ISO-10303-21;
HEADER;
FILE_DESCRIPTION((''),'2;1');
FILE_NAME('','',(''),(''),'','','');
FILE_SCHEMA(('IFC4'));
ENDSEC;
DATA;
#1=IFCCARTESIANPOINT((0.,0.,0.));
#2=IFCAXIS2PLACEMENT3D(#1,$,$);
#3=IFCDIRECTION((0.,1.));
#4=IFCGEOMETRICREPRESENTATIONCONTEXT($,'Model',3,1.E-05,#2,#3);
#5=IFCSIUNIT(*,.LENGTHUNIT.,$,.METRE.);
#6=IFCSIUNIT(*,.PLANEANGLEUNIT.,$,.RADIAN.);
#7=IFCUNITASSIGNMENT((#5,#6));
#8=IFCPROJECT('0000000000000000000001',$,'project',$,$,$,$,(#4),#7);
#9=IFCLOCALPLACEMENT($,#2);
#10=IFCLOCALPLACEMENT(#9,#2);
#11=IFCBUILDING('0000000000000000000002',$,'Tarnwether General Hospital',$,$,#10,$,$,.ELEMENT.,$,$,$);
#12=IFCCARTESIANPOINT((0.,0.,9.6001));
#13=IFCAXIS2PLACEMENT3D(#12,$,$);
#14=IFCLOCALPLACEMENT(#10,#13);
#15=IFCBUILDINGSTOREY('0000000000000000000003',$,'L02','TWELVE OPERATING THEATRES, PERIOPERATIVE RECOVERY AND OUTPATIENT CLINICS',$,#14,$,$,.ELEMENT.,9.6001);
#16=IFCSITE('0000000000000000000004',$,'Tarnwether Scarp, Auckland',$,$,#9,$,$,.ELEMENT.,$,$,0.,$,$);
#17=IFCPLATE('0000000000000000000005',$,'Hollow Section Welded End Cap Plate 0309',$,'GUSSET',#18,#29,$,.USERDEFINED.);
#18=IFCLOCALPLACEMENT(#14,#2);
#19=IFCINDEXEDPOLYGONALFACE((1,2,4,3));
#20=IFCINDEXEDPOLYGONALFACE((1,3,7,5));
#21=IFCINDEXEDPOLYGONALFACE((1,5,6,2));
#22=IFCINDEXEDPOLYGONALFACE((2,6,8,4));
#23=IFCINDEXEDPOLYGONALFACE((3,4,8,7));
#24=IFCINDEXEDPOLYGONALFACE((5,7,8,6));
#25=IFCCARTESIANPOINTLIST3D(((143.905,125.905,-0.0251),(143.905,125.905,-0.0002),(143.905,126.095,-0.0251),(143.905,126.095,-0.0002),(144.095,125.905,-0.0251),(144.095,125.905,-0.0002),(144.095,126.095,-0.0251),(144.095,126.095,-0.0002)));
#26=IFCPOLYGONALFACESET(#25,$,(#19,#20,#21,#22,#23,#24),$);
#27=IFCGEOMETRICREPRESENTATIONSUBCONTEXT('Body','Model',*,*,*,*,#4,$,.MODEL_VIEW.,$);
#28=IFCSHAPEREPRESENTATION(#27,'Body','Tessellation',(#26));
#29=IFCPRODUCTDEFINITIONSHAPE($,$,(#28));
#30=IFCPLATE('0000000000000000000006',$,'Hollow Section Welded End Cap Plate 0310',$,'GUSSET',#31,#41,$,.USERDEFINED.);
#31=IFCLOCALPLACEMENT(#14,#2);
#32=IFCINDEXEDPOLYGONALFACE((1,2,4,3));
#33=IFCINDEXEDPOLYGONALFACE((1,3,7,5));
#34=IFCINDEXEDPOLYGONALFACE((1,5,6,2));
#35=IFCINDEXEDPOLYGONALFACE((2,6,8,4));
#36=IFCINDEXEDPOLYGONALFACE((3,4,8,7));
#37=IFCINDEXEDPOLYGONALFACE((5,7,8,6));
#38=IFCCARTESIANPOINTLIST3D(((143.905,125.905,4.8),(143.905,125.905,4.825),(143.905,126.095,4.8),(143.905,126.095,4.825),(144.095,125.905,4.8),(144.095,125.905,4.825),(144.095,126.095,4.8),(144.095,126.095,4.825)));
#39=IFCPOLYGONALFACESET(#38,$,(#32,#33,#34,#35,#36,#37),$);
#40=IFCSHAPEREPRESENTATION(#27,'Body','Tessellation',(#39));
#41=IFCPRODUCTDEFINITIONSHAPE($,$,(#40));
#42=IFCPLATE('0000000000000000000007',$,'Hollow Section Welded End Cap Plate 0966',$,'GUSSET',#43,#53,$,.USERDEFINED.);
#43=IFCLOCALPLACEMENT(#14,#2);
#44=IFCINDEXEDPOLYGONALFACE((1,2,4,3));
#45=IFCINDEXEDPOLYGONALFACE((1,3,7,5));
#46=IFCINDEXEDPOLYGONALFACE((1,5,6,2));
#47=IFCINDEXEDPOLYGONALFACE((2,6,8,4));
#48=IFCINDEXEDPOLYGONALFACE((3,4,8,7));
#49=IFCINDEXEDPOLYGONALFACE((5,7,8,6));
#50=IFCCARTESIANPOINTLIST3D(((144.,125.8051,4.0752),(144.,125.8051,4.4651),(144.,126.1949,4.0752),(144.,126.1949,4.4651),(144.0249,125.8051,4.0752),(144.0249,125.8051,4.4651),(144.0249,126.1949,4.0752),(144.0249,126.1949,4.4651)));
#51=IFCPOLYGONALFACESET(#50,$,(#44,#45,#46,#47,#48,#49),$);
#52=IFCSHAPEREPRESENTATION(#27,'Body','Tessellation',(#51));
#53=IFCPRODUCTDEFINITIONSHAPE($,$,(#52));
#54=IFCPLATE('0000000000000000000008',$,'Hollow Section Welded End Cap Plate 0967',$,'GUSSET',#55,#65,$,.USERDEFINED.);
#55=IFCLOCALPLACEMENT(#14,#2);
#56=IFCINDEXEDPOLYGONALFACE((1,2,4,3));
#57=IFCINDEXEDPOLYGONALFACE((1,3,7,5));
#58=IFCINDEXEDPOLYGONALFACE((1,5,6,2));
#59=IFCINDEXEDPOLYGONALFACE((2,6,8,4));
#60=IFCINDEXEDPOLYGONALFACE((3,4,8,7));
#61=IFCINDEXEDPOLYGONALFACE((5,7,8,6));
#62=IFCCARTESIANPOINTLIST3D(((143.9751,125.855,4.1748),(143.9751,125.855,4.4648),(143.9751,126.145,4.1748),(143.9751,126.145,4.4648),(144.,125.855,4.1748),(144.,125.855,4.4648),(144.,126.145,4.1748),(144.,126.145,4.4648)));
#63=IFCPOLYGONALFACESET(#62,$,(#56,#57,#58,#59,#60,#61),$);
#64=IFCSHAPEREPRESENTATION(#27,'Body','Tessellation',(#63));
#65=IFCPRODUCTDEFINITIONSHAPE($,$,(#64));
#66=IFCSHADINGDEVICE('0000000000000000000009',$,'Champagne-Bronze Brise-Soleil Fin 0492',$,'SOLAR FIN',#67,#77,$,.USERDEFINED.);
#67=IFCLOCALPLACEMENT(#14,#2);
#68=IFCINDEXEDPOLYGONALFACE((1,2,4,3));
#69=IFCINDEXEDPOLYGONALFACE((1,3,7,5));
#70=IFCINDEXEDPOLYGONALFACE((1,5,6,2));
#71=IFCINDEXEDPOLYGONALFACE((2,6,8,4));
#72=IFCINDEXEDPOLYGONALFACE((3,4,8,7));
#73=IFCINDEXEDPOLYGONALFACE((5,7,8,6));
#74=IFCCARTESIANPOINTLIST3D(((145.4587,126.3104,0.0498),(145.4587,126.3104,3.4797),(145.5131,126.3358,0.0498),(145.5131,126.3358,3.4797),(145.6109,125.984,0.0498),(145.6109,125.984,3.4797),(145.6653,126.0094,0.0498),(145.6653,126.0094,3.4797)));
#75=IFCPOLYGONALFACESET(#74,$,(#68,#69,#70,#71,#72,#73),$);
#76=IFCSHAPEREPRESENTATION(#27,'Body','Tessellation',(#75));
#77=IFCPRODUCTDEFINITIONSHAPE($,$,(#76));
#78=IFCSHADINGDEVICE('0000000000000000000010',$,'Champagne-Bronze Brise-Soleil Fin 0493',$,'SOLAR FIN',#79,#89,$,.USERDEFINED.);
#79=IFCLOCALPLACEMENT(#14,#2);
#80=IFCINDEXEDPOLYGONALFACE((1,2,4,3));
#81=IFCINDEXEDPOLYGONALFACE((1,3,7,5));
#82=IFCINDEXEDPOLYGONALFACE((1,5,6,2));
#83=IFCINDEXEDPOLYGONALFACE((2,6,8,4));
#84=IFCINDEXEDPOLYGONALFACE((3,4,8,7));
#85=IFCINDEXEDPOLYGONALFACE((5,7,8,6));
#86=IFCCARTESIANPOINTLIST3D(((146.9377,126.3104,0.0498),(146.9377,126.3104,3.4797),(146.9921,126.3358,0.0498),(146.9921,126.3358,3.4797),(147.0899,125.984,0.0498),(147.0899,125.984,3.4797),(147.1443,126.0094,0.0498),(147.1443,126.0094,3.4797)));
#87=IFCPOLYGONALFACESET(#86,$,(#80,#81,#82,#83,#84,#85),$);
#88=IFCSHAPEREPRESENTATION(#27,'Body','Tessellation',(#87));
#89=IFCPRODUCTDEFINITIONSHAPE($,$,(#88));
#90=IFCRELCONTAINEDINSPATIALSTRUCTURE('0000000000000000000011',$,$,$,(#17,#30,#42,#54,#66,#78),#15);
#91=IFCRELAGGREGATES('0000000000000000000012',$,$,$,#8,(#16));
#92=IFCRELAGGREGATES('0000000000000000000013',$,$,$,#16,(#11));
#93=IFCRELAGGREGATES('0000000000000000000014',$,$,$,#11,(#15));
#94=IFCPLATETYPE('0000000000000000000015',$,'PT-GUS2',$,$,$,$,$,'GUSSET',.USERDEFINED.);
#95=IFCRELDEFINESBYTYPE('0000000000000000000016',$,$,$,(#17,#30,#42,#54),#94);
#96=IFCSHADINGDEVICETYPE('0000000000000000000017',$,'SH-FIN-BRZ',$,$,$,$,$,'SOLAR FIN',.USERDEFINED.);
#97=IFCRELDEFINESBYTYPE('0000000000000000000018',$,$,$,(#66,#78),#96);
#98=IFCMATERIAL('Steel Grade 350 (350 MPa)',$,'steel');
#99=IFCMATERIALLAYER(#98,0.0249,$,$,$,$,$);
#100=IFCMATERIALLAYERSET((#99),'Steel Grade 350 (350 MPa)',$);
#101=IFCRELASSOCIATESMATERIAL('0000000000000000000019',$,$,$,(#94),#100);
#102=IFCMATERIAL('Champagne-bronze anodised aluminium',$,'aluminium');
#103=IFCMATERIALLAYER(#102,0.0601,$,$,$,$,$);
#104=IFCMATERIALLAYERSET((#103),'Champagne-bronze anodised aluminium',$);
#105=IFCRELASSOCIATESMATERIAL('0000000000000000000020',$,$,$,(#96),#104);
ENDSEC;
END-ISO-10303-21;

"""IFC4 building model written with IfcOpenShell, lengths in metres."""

from ifc_helpers import new_model, si_unit, direction, frame, origin, origin_2d, place, context, subcontext, project, spatial, rectangle, extrude, material, layer, layer_set, type_object, element, save


model = new_model("IFC4")

# Units and contexts
model_context = context("Model", 3, precision=1e-05, world=origin(), true_north=direction((0.0, 1.0)))
body_context = subcontext(model_context, "Body", "Model", "MODEL_VIEW")
ifc_project = project(units=[si_unit("LENGTHUNIT", "METRE"), si_unit("PLANEANGLEUNIT", "RADIAN")], contexts=[model_context])

# Site, building, storey
site_placement = place(None, origin())
site = spatial("IfcSite", under=ifc_project, at=site_placement, Name="Tarnwether Scarp, Auckland", CompositionType="ELEMENT", RefElevation=0.0)
building_placement = place(site_placement, origin())
building = spatial("IfcBuilding", under=site, at=building_placement, Name="Tarnwether General Hospital", CompositionType="ELEMENT")
storey_placement = place(building_placement, frame((0.0, 0.0, 9.6001)))
storey = spatial("IfcBuildingStorey", under=building, at=storey_placement, Name="L02", Description="TWELVE OPERATING THEATRES, PERIOPERATIVE RECOVERY AND OUTPATIENT CLINICS", CompositionType="ELEMENT", Elevation=9.6001)

# Plates
ifc_material_1 = material(Name="Steel Grade 350 (350 MPa)", Category="steel")
ifc_layer_1 = layer(ifc_material_1, 0.0249)
ifc_layer_set_1 = layer_set([ifc_layer_1], Name="Steel Grade 350 (350 MPa)")
plate_type_1 = type_object("IfcPlateType", Name="PT-GUS2", ElementType="GUSSET", PredefinedType="USERDEFINED", material=ifc_layer_set_1)
for number, where, z_axis, x_axis, name in (
    (1, (144.0, 126.0, -0.0251), (0.0, 0.0, 1.0), (1.0, 0.0, 0.0), "Hollow Section Welded End Cap Plate 0309"),
    (2, (144.0, 126.0, 4.8), (0.0, 0.0, 1.0), (1.0, 0.0, 0.0), "Hollow Section Welded End Cap Plate 0310"),
):
    element("IfcPlate", number, at=place(storey_placement, frame(where, z_axis=z_axis, x_axis=x_axis)), inside=storey, type_object=plate_type_1, Name=name, ObjectType="GUSSET", PredefinedType="USERDEFINED", context=body_context, shape_type="SweptSolid", body=[
        extrude(rectangle(XDim=0.1899, YDim=0.1899, at=origin_2d()), origin(), (0.0, 0.0, 1.0), 0.0249),
    ])
plate_1_placement = place(storey_placement, frame((144.0125, 126.0, 4.0752), z_axis=(0.0, 0.0, 1.0), x_axis=(1.0, 0.0, 0.0)))
element("IfcPlate", 3, at=plate_1_placement, inside=storey, type_object=plate_type_1, Name="Hollow Section Welded End Cap Plate 0966", ObjectType="GUSSET", PredefinedType="USERDEFINED", context=body_context, shape_type="SweptSolid", body=[
    extrude(rectangle(XDim=0.0249, YDim=0.3899, at=origin_2d()), origin(), (0.0, 0.0, 1.0), 0.3899),
])
plate_2_placement = place(storey_placement, frame((143.9875, 126.0, 4.1748), z_axis=(0.0, 0.0, 1.0), x_axis=(1.0, 0.0, 0.0)))
element("IfcPlate", 4, at=plate_2_placement, inside=storey, type_object=plate_type_1, Name="Hollow Section Welded End Cap Plate 0967", ObjectType="GUSSET", PredefinedType="USERDEFINED", context=body_context, shape_type="SweptSolid", body=[
    extrude(rectangle(XDim=0.0249, YDim=0.29, at=origin_2d()), origin(), (0.0, 0.0, 1.0), 0.29),
])

# Shading devices
ifc_material_2 = material(Name="Champagne-bronze anodised aluminium", Category="aluminium")
ifc_layer_2 = layer(ifc_material_2, 0.0601)
ifc_layer_set_2 = layer_set([ifc_layer_2], Name="Champagne-bronze anodised aluminium")
shading_device_type = type_object("IfcShadingDeviceType", Name="SH-FIN-BRZ", ElementType="SOLAR FIN", PredefinedType="USERDEFINED", material=ifc_layer_set_2)
for number, where, z_axis, x_axis, name in (
    (5, (145.562, 126.1599, 0.0498), (0.0, 0.0, 1.0), (0.906308, 0.422618, 0.0), "Champagne-Bronze Brise-Soleil Fin 0492"),
    (6, (147.041, 126.1599, 0.0498), (0.0, 0.0, 1.0), (0.906308, 0.422618, 0.0), "Champagne-Bronze Brise-Soleil Fin 0493"),
):
    element("IfcShadingDevice", number, at=place(storey_placement, frame(where, z_axis=z_axis, x_axis=x_axis)), inside=storey, type_object=shading_device_type, Name=name, ObjectType="SOLAR FIN", PredefinedType="USERDEFINED", context=body_context, shape_type="SweptSolid", body=[
        extrude(rectangle(XDim=0.0601, YDim=0.3601, at=origin_2d()), origin(), (0.0, 0.0, 1.0), 3.4299),
    ])

save(model, "model.ifc")
